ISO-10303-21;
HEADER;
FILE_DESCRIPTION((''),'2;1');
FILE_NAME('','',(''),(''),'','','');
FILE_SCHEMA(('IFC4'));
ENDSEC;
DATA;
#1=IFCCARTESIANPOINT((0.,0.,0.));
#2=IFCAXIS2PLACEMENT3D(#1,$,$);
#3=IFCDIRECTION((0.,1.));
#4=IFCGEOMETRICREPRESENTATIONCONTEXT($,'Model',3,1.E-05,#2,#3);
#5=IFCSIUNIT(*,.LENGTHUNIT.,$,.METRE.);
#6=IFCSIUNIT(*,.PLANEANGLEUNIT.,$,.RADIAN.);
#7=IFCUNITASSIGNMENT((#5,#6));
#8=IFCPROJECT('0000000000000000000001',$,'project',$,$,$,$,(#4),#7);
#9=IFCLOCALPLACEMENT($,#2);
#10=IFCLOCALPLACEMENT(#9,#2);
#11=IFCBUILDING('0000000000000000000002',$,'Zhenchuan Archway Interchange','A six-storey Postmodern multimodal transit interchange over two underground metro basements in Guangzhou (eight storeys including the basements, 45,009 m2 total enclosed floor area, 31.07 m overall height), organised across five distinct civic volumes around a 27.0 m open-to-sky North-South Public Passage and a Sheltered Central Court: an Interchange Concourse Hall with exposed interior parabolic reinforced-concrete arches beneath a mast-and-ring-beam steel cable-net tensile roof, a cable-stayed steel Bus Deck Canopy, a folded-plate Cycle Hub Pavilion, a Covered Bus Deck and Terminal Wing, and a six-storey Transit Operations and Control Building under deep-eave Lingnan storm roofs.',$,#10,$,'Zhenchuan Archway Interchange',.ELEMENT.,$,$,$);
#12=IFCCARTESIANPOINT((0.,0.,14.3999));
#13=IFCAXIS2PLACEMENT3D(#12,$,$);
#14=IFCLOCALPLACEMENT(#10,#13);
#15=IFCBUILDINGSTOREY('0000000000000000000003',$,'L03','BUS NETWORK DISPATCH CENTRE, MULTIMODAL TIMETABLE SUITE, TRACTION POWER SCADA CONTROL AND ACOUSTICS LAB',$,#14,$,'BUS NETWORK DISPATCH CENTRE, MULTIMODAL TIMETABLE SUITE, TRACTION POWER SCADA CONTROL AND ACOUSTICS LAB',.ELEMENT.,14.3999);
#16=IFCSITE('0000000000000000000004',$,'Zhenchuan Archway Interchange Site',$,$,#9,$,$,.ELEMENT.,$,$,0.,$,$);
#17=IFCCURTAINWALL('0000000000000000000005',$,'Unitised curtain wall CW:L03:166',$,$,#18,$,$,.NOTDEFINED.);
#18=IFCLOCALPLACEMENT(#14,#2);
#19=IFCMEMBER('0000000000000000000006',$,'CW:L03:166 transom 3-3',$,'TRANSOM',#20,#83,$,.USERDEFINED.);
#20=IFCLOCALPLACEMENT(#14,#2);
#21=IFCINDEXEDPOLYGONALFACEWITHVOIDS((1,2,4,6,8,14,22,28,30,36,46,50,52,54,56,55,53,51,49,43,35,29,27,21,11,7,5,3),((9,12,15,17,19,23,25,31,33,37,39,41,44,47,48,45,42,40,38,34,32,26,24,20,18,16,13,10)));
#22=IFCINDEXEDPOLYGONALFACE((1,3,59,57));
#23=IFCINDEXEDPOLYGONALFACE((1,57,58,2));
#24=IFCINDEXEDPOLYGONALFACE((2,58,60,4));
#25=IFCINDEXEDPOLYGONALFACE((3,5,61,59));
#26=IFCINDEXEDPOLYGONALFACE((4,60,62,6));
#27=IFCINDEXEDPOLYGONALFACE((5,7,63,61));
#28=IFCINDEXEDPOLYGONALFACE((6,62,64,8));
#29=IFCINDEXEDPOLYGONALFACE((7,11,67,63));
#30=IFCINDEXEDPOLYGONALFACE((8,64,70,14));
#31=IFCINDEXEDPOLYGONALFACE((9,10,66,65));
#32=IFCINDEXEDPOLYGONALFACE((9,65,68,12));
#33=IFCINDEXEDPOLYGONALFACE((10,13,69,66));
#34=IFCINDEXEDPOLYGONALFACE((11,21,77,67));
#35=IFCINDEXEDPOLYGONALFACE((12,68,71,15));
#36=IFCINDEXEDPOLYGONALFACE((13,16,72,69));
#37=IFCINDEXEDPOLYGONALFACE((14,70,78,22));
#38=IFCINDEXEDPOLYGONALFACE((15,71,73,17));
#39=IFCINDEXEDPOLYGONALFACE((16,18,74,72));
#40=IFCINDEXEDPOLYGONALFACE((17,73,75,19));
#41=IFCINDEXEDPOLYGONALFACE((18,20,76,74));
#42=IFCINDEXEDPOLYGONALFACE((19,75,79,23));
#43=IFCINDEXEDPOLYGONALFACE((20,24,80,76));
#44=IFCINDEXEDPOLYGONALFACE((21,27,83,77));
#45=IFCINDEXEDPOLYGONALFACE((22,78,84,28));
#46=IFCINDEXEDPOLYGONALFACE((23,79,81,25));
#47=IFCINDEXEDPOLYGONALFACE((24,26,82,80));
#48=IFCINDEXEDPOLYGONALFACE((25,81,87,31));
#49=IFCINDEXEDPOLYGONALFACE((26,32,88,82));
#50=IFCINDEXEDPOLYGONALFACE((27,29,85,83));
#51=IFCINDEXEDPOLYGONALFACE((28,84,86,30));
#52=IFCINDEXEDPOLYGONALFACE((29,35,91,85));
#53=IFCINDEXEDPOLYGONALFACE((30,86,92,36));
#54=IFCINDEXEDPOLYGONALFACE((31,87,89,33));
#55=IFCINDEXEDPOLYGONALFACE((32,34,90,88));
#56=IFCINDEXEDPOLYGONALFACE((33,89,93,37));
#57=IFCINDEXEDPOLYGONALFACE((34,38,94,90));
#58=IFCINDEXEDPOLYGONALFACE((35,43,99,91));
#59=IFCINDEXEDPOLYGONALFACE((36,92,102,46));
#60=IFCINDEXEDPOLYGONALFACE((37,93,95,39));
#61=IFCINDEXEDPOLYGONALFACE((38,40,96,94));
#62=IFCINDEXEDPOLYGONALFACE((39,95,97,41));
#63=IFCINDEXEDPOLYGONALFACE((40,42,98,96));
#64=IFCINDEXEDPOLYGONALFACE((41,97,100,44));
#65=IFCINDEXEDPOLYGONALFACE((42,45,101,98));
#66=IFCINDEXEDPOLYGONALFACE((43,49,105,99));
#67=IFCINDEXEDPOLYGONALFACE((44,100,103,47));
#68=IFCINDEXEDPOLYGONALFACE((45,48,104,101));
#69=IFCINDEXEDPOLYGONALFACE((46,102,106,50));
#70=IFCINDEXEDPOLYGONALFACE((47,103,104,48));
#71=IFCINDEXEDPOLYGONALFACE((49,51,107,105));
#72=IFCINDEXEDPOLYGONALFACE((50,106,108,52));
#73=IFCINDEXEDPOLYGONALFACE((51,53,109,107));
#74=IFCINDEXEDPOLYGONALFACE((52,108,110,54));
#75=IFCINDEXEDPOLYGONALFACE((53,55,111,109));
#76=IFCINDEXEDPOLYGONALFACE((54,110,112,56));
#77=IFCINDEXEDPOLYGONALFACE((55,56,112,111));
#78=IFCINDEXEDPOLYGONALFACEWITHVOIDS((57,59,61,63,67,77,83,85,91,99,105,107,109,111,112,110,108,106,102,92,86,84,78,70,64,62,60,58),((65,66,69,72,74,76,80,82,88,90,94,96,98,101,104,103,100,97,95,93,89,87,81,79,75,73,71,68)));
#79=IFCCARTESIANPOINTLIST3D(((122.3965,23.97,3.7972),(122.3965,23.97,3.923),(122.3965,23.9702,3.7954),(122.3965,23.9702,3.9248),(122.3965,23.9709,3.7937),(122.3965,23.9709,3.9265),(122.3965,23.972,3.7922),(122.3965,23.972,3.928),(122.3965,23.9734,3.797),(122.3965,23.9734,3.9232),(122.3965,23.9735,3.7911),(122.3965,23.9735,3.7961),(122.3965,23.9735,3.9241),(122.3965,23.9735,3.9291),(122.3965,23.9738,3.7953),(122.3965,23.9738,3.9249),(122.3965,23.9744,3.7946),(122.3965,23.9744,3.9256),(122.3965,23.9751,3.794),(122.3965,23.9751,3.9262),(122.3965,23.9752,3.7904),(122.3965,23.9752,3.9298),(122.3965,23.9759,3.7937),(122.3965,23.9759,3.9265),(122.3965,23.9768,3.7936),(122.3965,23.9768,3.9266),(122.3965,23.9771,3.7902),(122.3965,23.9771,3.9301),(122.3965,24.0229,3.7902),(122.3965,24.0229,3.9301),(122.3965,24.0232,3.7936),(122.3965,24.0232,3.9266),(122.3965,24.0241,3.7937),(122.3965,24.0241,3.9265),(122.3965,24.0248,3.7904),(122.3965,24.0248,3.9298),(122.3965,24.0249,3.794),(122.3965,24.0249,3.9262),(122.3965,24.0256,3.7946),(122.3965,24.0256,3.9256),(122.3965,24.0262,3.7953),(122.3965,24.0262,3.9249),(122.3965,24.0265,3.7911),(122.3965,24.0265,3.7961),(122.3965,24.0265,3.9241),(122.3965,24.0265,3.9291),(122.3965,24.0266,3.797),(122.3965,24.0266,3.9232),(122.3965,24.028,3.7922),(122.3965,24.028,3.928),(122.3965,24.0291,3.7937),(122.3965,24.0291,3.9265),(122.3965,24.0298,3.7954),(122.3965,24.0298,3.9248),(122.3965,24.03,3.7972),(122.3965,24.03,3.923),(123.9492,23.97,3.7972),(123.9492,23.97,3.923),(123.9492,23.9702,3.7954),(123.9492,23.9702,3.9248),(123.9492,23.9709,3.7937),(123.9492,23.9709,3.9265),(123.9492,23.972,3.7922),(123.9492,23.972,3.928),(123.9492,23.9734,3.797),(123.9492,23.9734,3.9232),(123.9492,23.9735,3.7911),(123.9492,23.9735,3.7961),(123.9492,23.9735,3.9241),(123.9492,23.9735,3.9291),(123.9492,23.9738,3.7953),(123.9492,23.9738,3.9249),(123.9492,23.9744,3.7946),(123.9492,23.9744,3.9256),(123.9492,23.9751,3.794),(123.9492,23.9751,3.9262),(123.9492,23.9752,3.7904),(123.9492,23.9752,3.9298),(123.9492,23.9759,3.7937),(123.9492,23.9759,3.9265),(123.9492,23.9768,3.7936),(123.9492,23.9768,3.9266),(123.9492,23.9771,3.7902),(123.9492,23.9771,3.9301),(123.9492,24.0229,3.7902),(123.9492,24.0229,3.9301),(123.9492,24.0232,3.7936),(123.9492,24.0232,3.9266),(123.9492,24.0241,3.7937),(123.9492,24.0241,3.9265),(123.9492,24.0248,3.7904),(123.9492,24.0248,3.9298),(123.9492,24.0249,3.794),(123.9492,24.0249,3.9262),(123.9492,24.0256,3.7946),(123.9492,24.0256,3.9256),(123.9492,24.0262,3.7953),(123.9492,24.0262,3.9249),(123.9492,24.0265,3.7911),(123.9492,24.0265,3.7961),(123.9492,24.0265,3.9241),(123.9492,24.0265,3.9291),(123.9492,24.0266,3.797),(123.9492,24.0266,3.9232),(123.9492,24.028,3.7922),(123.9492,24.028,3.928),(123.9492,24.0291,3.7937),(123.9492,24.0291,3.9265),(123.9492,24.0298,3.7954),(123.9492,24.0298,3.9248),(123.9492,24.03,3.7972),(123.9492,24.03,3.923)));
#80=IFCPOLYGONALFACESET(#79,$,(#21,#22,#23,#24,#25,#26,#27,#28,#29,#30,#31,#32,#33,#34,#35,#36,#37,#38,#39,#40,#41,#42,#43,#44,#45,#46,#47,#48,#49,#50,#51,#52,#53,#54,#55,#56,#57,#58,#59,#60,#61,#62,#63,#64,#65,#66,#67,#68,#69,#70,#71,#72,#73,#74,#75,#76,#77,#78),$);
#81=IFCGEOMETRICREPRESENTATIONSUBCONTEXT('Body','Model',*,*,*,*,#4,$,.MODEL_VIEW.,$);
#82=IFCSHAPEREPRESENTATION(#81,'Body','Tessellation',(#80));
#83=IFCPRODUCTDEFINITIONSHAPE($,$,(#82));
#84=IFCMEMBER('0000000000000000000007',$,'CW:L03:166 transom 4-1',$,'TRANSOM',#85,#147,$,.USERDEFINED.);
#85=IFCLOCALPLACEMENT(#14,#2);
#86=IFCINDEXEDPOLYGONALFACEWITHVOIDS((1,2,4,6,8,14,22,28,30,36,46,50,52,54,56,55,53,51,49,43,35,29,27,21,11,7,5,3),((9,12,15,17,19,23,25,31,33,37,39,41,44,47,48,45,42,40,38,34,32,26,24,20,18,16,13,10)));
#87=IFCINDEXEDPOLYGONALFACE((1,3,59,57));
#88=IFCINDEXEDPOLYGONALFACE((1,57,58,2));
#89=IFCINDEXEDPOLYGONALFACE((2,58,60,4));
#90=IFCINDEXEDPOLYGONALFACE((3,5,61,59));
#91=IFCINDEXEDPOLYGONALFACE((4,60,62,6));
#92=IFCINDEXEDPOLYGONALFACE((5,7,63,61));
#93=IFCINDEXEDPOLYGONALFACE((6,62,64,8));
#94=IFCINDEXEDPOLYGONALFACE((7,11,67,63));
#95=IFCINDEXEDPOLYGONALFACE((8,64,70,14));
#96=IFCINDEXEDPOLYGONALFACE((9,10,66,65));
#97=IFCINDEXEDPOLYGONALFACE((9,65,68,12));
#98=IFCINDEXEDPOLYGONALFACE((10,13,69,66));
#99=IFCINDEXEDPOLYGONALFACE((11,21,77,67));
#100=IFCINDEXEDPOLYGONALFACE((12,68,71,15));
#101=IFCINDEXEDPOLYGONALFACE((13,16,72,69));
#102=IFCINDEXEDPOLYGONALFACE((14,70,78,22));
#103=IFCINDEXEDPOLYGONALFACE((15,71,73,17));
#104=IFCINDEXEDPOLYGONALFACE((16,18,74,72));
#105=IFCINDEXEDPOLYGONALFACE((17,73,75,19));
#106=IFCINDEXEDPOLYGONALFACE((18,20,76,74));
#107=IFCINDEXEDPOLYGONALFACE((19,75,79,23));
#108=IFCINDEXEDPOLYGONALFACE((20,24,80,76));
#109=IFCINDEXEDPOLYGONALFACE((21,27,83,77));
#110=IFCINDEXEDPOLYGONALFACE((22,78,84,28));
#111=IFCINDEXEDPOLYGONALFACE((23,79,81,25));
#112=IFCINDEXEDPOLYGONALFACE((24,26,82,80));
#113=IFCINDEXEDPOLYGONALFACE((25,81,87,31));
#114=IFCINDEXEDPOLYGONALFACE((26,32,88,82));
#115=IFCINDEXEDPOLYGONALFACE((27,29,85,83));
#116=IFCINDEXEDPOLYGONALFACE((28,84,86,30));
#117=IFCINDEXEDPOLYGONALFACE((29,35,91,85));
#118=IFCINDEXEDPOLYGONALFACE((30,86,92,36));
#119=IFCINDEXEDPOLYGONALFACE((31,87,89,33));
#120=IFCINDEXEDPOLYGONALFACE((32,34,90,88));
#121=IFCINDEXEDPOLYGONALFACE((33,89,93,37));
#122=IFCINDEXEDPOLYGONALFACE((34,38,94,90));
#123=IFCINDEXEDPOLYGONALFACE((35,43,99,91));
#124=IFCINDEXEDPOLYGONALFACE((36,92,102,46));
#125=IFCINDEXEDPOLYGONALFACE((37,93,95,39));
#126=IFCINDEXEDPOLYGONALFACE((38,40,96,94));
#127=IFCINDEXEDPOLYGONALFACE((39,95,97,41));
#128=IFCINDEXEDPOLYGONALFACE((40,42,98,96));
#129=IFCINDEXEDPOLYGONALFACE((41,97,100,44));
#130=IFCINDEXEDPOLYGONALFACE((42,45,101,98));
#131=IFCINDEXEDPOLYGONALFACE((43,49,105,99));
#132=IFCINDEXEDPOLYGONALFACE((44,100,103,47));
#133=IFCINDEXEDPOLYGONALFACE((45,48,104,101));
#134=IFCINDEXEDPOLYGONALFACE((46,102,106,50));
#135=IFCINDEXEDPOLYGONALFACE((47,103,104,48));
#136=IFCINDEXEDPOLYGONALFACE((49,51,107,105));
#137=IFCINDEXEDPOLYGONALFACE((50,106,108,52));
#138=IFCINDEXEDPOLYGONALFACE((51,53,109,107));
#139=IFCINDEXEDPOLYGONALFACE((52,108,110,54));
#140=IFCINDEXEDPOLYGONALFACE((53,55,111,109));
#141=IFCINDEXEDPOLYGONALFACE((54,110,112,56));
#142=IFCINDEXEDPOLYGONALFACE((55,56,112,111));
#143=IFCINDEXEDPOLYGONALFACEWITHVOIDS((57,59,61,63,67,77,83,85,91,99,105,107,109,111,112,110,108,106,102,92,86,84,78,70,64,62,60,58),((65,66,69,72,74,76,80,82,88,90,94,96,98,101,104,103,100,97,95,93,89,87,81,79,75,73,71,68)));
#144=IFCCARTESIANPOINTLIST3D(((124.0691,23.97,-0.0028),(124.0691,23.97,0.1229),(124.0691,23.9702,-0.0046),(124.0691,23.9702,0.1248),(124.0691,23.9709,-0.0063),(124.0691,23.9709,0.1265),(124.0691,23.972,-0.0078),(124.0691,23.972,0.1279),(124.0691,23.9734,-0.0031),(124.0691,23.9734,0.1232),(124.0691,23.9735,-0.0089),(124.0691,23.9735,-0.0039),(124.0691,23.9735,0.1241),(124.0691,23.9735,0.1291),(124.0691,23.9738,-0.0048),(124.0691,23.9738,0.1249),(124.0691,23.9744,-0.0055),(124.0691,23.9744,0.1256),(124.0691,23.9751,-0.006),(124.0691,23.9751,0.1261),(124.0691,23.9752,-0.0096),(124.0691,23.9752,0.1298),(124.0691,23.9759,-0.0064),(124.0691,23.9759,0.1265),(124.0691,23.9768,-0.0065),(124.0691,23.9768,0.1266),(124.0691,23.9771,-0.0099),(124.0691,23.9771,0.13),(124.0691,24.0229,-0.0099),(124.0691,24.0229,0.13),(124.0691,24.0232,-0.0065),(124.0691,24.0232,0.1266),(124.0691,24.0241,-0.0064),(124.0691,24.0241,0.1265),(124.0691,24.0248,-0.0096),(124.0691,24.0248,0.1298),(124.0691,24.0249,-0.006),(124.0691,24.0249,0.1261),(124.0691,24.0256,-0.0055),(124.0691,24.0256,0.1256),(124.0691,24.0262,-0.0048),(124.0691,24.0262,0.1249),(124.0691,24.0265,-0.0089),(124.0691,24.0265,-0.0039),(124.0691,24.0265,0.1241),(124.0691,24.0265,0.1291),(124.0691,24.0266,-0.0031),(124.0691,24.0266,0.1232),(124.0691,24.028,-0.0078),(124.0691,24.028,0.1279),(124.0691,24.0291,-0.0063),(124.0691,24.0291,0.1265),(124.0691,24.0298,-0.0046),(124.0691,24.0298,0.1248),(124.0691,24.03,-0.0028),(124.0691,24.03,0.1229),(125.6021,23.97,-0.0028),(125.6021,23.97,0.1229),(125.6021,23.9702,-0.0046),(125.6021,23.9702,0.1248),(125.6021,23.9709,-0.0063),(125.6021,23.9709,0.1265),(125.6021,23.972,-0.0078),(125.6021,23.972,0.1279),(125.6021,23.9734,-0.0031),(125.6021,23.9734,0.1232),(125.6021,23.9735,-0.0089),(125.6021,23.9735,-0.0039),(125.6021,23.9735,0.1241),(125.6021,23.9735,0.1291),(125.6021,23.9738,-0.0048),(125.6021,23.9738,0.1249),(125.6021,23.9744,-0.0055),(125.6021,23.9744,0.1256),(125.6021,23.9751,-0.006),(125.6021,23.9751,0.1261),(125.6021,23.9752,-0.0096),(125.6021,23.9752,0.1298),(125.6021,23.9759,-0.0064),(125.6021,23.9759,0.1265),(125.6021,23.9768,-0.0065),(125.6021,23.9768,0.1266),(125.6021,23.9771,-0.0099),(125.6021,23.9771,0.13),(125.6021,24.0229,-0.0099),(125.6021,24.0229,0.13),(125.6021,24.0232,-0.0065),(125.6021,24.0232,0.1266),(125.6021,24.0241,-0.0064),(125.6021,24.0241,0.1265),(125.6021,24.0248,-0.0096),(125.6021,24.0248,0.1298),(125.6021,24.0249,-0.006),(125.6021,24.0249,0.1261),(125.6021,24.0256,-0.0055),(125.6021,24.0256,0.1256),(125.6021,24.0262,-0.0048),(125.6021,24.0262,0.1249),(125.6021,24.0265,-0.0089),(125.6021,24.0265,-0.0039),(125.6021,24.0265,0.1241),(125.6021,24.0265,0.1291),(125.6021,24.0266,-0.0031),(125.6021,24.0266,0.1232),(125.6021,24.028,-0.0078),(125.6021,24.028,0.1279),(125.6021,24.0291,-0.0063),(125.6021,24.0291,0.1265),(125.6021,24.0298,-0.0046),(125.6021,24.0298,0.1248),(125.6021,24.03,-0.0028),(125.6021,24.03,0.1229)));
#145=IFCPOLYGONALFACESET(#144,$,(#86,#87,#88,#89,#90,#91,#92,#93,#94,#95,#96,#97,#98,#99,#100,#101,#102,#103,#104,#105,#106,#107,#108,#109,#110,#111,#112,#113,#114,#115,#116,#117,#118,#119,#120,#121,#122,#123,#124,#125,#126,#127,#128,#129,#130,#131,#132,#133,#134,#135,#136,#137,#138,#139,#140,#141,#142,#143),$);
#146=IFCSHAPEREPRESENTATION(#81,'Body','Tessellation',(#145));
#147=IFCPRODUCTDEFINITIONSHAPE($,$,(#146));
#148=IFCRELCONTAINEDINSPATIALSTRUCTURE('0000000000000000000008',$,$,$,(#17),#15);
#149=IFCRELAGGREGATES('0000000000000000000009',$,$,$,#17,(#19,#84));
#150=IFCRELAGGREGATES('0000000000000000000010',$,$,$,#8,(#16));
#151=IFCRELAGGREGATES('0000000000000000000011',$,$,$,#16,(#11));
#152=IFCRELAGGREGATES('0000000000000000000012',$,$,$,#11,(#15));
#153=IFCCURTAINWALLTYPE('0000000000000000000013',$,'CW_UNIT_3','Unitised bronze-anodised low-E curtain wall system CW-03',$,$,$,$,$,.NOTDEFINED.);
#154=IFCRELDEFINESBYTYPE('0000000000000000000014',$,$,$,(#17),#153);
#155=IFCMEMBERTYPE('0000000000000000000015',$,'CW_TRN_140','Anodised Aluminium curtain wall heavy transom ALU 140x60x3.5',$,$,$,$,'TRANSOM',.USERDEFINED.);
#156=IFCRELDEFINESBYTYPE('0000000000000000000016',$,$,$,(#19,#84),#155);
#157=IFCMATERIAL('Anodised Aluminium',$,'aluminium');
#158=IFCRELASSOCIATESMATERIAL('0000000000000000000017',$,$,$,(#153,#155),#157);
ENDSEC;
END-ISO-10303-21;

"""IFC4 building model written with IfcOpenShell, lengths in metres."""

from ifc_helpers import new_model, si_unit, direction, frame, origin, origin_2d, place, context, subcontext, project, spatial, hollow_rectangle, extrude, material, material_profile, profile_set, type_object, element, aggregate, save


model = new_model("IFC4")

# Units and contexts
model_context = context("Model", 3, precision=1e-05, world=origin(), true_north=direction((0.0, 1.0)))
body_context = subcontext(model_context, "Body", "Model", "MODEL_VIEW")
ifc_project = project(units=[si_unit("LENGTHUNIT", "METRE"), si_unit("PLANEANGLEUNIT", "RADIAN")], contexts=[model_context])

# Site, building, storey
site_placement = place(None, origin())
site = spatial("IfcSite", under=ifc_project, at=site_placement, Name="Zhenchuan Archway Interchange Site", CompositionType="ELEMENT", RefElevation=0.0)
building_placement = place(site_placement, origin())
building = spatial("IfcBuilding", under=site, at=building_placement, Name="Zhenchuan Archway Interchange", Description="A six-storey Postmodern multimodal transit interchange over two underground metro basements in Guangzhou (eight storeys including the basements, 45,009 m2 total enclosed floor area, 31.07 m overall height), organised across five distinct civic volumes around a 27.0 m open-to-sky North-South Public Passage and a Sheltered Central Court: an Interchange Concourse Hall with exposed interior parabolic reinforced-concrete arches beneath a mast-and-ring-beam steel cable-net tensile roof, a cable-stayed steel Bus Deck Canopy, a folded-plate Cycle Hub Pavilion, a Covered Bus Deck and Terminal Wing, and a six-storey Transit Operations and Control Building under deep-eave Lingnan storm roofs.", LongName="Zhenchuan Archway Interchange", CompositionType="ELEMENT")
storey_placement = place(building_placement, frame((0.0, 0.0, 14.3999)))
storey = spatial("IfcBuildingStorey", under=building, at=storey_placement, Name="L03", Description="BUS NETWORK DISPATCH CENTRE, MULTIMODAL TIMETABLE SUITE, TRACTION POWER SCADA CONTROL AND ACOUSTICS LAB", LongName="BUS NETWORK DISPATCH CENTRE, MULTIMODAL TIMETABLE SUITE, TRACTION POWER SCADA CONTROL AND ACOUSTICS LAB", CompositionType="ELEMENT", Elevation=14.3999)

# Curtain wall
ifc_material_1 = material(Name="Anodised Aluminium", Category="aluminium")
curtain_wall_type_1 = type_object("IfcCurtainWallType", Name="CW_UNIT_3", Description="Unitised bronze-anodised low-E curtain wall system CW-03", PredefinedType="NOTDEFINED", material=ifc_material_1)
curtain_wall_1_placement = place(storey_placement, origin())
curtain_wall_1 = element("IfcCurtainWall", 1, at=curtain_wall_1_placement, inside=storey, type_object=curtain_wall_type_1, Name="Unitised curtain wall CW:L03:166", PredefinedType="NOTDEFINED")

# Members
ifc_material_profile_1 = material_profile(ifc_material_1, hollow_rectangle(XDim=0.0601, YDim=0.1399, WallThickness=0.0034, InnerFilletRadius=0.0034, OuterFilletRadius=0.0071, at=origin_2d()), Name="ALU 140x60x3.5")
ifc_profile_set_1 = profile_set([ifc_material_profile_1], Name="Anodised Aluminium")
member_type_1 = type_object("IfcMemberType", Name="CW_TRN_140", Description="Anodised Aluminium curtain wall heavy transom ALU 140x60x3.5", ElementType="TRANSOM", PredefinedType="USERDEFINED", material=ifc_profile_set_1)
member_1_placement = place(storey_placement, frame((122.3965, 24.0, 3.8601), z_axis=(1.0, 0.0, 0.0), x_axis=(0.0, 1.0, 0.0)))
member_1 = element("IfcMember", 2, at=member_1_placement, type_object=member_type_1, Name="CW:L03:166 transom 3-3", ObjectType="TRANSOM", PredefinedType="USERDEFINED", context=body_context, shape_type="SweptSolid", body=[
    extrude(hollow_rectangle(XDim=0.0601, YDim=0.1399, WallThickness=0.0034, InnerFilletRadius=0.0034, OuterFilletRadius=0.0071, at=origin_2d()), origin(), (0.0, 0.0, 1.0), 1.5527),
])
member_2_placement = place(storey_placement, frame((124.0691, 24.0, 0.0601), z_axis=(1.0, 0.0, 0.0), x_axis=(0.0, 1.0, 0.0)))
member_2 = element("IfcMember", 3, at=member_2_placement, type_object=member_type_1, Name="CW:L03:166 transom 4-1", ObjectType="TRANSOM", PredefinedType="USERDEFINED", context=body_context, shape_type="SweptSolid", body=[
    extrude(hollow_rectangle(XDim=0.0601, YDim=0.1399, WallThickness=0.0034, InnerFilletRadius=0.0034, OuterFilletRadius=0.0071, at=origin_2d()), origin(), (0.0, 0.0, 1.0), 1.533),
])

aggregate(curtain_wall_1, [member_1, member_2])

save(model, "model.ifc")
